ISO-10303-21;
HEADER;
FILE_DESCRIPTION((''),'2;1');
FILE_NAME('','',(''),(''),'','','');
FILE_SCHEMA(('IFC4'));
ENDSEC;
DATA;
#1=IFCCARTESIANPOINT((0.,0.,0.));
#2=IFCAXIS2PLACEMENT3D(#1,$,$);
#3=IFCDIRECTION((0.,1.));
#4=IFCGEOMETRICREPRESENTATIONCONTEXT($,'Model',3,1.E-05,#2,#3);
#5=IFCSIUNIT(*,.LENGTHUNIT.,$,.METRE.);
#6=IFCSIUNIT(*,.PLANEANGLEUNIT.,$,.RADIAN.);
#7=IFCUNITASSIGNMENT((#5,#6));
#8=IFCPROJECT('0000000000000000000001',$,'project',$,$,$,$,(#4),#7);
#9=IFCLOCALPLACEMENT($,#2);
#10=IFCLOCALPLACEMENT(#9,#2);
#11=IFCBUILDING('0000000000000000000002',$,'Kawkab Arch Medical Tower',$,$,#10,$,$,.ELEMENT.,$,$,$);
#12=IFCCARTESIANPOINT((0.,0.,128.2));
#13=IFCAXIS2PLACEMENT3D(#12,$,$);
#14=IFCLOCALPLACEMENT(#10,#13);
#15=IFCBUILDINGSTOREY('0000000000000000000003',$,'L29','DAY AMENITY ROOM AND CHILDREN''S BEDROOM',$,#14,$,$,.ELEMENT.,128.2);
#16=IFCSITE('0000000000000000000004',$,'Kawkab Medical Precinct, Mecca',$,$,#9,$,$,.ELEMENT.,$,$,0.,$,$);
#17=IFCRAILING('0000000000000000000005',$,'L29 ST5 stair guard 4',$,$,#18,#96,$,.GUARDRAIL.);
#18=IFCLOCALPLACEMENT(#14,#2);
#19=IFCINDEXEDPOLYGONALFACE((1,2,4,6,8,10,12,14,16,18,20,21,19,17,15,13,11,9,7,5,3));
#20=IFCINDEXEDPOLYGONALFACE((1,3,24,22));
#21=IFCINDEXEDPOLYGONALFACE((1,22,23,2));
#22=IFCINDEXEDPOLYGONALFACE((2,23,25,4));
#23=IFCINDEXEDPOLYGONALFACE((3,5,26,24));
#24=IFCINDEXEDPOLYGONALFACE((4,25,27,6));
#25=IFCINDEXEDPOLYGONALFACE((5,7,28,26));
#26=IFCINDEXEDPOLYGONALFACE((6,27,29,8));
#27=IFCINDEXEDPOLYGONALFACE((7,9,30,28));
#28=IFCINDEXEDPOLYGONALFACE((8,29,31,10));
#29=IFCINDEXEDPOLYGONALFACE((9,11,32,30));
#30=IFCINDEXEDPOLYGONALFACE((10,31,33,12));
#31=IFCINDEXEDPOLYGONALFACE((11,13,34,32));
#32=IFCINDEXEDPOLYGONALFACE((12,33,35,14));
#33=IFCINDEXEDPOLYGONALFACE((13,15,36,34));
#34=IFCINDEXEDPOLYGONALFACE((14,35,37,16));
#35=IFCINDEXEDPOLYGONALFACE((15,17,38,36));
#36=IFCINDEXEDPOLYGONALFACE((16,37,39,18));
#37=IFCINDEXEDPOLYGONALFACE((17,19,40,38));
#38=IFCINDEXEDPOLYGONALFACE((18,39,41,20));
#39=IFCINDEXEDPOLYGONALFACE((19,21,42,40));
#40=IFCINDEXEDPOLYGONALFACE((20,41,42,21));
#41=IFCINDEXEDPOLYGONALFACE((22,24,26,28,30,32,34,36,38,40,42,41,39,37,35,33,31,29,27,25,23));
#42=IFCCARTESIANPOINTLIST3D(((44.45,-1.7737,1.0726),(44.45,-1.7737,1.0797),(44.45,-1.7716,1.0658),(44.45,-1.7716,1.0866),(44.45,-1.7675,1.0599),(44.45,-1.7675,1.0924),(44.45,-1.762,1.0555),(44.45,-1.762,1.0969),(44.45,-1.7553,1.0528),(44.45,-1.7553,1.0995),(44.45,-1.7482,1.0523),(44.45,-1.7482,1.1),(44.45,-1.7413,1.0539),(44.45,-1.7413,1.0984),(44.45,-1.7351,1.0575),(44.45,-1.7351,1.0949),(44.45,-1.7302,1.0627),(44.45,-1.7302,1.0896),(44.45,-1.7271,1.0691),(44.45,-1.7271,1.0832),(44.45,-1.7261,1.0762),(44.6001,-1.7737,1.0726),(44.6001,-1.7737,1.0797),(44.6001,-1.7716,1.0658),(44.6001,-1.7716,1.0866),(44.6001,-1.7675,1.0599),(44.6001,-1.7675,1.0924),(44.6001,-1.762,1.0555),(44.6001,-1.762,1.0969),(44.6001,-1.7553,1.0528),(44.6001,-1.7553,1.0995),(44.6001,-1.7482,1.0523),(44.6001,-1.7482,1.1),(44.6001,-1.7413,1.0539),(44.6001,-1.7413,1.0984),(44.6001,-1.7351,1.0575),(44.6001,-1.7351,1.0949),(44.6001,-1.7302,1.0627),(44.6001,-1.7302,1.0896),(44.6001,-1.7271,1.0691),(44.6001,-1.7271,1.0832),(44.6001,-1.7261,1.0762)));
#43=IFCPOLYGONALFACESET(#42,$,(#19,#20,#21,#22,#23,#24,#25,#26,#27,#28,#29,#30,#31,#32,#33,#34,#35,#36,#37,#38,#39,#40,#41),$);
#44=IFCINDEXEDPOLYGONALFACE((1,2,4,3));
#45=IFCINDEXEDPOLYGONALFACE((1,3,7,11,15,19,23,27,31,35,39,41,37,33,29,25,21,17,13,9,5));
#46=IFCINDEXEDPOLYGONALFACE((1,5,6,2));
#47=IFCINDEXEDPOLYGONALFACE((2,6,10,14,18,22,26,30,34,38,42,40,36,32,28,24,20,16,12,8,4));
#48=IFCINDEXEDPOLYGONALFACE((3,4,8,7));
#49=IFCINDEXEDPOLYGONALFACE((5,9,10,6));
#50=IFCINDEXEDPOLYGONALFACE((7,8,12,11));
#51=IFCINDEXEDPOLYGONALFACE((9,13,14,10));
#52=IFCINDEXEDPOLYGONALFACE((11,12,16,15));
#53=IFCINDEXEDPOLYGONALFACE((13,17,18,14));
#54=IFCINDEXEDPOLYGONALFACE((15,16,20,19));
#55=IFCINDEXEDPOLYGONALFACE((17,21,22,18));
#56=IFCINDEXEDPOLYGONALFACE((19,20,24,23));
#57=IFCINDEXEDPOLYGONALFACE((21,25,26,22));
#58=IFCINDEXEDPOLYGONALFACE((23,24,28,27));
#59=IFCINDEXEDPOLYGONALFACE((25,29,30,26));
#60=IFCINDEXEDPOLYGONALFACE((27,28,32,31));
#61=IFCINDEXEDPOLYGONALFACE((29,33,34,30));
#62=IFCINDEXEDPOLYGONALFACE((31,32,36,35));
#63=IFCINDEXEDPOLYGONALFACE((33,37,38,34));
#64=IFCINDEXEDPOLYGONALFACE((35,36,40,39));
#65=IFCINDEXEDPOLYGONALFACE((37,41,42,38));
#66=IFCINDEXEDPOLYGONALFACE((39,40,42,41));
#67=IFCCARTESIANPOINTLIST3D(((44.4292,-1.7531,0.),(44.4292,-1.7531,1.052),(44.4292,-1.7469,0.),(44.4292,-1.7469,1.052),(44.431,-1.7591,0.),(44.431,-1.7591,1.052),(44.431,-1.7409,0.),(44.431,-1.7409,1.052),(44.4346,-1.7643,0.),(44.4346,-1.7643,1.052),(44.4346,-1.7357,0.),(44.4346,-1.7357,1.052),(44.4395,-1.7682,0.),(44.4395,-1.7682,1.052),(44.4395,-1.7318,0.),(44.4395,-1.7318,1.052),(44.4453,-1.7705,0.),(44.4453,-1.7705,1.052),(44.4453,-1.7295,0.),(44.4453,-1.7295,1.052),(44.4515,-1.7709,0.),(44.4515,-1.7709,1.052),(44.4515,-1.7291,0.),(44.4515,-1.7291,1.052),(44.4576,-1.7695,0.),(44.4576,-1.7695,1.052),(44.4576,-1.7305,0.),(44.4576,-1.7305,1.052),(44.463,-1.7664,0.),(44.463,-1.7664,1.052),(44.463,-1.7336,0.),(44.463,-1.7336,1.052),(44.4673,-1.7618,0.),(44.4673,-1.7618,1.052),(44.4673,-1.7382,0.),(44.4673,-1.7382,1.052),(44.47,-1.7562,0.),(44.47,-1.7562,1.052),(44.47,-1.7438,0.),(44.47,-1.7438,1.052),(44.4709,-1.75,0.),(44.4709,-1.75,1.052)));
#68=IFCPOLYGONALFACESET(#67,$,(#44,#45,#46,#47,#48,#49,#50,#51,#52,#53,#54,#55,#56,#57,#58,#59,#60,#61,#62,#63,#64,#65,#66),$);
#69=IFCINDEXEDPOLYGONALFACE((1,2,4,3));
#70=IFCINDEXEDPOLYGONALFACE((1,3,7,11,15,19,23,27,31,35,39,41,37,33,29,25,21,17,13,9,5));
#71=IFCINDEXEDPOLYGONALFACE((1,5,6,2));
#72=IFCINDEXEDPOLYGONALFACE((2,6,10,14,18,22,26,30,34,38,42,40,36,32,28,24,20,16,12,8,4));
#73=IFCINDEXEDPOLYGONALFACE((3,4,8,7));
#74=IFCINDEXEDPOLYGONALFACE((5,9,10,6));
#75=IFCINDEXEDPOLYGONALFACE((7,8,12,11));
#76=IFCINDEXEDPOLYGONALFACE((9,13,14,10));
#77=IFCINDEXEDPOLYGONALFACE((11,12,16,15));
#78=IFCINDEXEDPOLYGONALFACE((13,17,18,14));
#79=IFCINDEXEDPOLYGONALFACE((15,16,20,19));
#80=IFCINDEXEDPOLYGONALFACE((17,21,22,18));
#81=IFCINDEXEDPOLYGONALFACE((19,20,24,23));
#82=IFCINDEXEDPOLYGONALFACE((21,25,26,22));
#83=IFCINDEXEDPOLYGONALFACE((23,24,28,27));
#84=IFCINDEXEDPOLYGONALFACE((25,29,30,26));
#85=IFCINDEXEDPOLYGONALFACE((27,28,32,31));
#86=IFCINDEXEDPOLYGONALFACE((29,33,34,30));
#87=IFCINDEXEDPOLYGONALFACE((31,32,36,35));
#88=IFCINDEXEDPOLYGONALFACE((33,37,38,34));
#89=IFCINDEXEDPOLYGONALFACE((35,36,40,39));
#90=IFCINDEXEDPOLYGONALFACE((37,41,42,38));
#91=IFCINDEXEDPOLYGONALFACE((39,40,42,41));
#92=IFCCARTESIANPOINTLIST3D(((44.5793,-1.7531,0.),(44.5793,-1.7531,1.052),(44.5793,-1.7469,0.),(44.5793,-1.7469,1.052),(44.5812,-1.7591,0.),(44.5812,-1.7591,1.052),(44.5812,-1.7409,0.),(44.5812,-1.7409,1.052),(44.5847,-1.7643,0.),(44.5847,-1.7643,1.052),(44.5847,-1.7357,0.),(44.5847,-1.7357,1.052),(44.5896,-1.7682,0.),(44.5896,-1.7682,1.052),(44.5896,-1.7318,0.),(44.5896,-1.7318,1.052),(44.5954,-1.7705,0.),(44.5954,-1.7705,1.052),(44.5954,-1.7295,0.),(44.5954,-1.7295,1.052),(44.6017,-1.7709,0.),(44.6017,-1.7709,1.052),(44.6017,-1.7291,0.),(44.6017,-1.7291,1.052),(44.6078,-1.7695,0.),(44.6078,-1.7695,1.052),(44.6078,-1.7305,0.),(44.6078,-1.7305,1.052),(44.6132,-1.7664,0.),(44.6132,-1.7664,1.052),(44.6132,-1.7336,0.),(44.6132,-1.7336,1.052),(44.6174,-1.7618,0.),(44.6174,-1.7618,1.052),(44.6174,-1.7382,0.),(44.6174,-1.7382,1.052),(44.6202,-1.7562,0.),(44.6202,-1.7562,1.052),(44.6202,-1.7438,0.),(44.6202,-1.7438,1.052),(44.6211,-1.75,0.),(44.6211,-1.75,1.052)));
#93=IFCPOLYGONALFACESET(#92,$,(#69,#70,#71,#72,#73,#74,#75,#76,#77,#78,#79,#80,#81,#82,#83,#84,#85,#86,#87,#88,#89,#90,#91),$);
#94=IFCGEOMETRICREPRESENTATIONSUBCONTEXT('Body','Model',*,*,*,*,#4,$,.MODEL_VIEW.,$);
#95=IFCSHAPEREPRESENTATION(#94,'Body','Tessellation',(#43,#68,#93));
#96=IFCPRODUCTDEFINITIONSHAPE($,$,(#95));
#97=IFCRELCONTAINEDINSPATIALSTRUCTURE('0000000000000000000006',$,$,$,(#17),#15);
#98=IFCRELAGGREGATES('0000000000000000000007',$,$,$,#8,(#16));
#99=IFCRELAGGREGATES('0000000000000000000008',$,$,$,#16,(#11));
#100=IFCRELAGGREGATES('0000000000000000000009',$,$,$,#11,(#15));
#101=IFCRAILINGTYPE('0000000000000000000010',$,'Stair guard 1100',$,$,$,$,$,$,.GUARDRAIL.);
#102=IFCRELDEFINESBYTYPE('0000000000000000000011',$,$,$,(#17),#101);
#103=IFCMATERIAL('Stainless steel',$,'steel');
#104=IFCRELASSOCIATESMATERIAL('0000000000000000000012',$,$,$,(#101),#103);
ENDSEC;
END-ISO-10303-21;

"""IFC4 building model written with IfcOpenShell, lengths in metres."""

from ifc_helpers import new_model, si_unit, direction, frame, origin, origin_2d, place, context, subcontext, project, spatial, circle, extrude, material, type_object, element, save


model = new_model("IFC4")

# Units and contexts
model_context = context("Model", 3, precision=1e-05, world=origin(), true_north=direction((0.0, 1.0)))
body_context = subcontext(model_context, "Body", "Model", "MODEL_VIEW")
ifc_project = project(units=[si_unit("LENGTHUNIT", "METRE"), si_unit("PLANEANGLEUNIT", "RADIAN")], contexts=[model_context])

# Site, building, storey
site_placement = place(None, origin())
site = spatial("IfcSite", under=ifc_project, at=site_placement, Name="Kawkab Medical Precinct, Mecca", CompositionType="ELEMENT", RefElevation=0.0)
building_placement = place(site_placement, origin())
building = spatial("IfcBuilding", under=site, at=building_placement, Name="Kawkab Arch Medical Tower", CompositionType="ELEMENT")
storey_placement = place(building_placement, frame((0.0, 0.0, 128.2)))
storey = spatial("IfcBuildingStorey", under=building, at=storey_placement, Name="L29", Description="DAY AMENITY ROOM AND CHILDREN'S BEDROOM", CompositionType="ELEMENT", Elevation=128.2)

# Railing
ifc_material_1 = material(Name="Stainless steel", Category="steel")
railing_type = type_object("IfcRailingType", Name="Stair guard 1100", PredefinedType="GUARDRAIL", material=ifc_material_1)
railing_1_placement = place(storey_placement, frame((44.45, -1.75, 0.0)))
element("IfcRailing", 1, at=railing_1_placement, inside=storey, type_object=railing_type, Name="L29 ST5 stair guard 4", PredefinedType="GUARDRAIL", context=body_context, shape_type="SweptSolid", body=[
    extrude(circle(Radius=0.0239, at=origin_2d()), frame((0.0, 0.0, 1.0762), z_axis=(1.0, 0.0, 0.0), x_axis=(0.0, 1.0, 0.0)), (0.0, 0.0, 1.0), 0.1501),
    extrude(circle(Radius=0.021, at=origin_2d()), origin(), (0.0, 0.0, 1.0), 1.052),
    extrude(circle(Radius=0.021, at=origin_2d()), frame((0.1501, 0.0, 0.0)), (0.0, 0.0, 1.0), 1.052),
])

save(model, "model.ifc")
